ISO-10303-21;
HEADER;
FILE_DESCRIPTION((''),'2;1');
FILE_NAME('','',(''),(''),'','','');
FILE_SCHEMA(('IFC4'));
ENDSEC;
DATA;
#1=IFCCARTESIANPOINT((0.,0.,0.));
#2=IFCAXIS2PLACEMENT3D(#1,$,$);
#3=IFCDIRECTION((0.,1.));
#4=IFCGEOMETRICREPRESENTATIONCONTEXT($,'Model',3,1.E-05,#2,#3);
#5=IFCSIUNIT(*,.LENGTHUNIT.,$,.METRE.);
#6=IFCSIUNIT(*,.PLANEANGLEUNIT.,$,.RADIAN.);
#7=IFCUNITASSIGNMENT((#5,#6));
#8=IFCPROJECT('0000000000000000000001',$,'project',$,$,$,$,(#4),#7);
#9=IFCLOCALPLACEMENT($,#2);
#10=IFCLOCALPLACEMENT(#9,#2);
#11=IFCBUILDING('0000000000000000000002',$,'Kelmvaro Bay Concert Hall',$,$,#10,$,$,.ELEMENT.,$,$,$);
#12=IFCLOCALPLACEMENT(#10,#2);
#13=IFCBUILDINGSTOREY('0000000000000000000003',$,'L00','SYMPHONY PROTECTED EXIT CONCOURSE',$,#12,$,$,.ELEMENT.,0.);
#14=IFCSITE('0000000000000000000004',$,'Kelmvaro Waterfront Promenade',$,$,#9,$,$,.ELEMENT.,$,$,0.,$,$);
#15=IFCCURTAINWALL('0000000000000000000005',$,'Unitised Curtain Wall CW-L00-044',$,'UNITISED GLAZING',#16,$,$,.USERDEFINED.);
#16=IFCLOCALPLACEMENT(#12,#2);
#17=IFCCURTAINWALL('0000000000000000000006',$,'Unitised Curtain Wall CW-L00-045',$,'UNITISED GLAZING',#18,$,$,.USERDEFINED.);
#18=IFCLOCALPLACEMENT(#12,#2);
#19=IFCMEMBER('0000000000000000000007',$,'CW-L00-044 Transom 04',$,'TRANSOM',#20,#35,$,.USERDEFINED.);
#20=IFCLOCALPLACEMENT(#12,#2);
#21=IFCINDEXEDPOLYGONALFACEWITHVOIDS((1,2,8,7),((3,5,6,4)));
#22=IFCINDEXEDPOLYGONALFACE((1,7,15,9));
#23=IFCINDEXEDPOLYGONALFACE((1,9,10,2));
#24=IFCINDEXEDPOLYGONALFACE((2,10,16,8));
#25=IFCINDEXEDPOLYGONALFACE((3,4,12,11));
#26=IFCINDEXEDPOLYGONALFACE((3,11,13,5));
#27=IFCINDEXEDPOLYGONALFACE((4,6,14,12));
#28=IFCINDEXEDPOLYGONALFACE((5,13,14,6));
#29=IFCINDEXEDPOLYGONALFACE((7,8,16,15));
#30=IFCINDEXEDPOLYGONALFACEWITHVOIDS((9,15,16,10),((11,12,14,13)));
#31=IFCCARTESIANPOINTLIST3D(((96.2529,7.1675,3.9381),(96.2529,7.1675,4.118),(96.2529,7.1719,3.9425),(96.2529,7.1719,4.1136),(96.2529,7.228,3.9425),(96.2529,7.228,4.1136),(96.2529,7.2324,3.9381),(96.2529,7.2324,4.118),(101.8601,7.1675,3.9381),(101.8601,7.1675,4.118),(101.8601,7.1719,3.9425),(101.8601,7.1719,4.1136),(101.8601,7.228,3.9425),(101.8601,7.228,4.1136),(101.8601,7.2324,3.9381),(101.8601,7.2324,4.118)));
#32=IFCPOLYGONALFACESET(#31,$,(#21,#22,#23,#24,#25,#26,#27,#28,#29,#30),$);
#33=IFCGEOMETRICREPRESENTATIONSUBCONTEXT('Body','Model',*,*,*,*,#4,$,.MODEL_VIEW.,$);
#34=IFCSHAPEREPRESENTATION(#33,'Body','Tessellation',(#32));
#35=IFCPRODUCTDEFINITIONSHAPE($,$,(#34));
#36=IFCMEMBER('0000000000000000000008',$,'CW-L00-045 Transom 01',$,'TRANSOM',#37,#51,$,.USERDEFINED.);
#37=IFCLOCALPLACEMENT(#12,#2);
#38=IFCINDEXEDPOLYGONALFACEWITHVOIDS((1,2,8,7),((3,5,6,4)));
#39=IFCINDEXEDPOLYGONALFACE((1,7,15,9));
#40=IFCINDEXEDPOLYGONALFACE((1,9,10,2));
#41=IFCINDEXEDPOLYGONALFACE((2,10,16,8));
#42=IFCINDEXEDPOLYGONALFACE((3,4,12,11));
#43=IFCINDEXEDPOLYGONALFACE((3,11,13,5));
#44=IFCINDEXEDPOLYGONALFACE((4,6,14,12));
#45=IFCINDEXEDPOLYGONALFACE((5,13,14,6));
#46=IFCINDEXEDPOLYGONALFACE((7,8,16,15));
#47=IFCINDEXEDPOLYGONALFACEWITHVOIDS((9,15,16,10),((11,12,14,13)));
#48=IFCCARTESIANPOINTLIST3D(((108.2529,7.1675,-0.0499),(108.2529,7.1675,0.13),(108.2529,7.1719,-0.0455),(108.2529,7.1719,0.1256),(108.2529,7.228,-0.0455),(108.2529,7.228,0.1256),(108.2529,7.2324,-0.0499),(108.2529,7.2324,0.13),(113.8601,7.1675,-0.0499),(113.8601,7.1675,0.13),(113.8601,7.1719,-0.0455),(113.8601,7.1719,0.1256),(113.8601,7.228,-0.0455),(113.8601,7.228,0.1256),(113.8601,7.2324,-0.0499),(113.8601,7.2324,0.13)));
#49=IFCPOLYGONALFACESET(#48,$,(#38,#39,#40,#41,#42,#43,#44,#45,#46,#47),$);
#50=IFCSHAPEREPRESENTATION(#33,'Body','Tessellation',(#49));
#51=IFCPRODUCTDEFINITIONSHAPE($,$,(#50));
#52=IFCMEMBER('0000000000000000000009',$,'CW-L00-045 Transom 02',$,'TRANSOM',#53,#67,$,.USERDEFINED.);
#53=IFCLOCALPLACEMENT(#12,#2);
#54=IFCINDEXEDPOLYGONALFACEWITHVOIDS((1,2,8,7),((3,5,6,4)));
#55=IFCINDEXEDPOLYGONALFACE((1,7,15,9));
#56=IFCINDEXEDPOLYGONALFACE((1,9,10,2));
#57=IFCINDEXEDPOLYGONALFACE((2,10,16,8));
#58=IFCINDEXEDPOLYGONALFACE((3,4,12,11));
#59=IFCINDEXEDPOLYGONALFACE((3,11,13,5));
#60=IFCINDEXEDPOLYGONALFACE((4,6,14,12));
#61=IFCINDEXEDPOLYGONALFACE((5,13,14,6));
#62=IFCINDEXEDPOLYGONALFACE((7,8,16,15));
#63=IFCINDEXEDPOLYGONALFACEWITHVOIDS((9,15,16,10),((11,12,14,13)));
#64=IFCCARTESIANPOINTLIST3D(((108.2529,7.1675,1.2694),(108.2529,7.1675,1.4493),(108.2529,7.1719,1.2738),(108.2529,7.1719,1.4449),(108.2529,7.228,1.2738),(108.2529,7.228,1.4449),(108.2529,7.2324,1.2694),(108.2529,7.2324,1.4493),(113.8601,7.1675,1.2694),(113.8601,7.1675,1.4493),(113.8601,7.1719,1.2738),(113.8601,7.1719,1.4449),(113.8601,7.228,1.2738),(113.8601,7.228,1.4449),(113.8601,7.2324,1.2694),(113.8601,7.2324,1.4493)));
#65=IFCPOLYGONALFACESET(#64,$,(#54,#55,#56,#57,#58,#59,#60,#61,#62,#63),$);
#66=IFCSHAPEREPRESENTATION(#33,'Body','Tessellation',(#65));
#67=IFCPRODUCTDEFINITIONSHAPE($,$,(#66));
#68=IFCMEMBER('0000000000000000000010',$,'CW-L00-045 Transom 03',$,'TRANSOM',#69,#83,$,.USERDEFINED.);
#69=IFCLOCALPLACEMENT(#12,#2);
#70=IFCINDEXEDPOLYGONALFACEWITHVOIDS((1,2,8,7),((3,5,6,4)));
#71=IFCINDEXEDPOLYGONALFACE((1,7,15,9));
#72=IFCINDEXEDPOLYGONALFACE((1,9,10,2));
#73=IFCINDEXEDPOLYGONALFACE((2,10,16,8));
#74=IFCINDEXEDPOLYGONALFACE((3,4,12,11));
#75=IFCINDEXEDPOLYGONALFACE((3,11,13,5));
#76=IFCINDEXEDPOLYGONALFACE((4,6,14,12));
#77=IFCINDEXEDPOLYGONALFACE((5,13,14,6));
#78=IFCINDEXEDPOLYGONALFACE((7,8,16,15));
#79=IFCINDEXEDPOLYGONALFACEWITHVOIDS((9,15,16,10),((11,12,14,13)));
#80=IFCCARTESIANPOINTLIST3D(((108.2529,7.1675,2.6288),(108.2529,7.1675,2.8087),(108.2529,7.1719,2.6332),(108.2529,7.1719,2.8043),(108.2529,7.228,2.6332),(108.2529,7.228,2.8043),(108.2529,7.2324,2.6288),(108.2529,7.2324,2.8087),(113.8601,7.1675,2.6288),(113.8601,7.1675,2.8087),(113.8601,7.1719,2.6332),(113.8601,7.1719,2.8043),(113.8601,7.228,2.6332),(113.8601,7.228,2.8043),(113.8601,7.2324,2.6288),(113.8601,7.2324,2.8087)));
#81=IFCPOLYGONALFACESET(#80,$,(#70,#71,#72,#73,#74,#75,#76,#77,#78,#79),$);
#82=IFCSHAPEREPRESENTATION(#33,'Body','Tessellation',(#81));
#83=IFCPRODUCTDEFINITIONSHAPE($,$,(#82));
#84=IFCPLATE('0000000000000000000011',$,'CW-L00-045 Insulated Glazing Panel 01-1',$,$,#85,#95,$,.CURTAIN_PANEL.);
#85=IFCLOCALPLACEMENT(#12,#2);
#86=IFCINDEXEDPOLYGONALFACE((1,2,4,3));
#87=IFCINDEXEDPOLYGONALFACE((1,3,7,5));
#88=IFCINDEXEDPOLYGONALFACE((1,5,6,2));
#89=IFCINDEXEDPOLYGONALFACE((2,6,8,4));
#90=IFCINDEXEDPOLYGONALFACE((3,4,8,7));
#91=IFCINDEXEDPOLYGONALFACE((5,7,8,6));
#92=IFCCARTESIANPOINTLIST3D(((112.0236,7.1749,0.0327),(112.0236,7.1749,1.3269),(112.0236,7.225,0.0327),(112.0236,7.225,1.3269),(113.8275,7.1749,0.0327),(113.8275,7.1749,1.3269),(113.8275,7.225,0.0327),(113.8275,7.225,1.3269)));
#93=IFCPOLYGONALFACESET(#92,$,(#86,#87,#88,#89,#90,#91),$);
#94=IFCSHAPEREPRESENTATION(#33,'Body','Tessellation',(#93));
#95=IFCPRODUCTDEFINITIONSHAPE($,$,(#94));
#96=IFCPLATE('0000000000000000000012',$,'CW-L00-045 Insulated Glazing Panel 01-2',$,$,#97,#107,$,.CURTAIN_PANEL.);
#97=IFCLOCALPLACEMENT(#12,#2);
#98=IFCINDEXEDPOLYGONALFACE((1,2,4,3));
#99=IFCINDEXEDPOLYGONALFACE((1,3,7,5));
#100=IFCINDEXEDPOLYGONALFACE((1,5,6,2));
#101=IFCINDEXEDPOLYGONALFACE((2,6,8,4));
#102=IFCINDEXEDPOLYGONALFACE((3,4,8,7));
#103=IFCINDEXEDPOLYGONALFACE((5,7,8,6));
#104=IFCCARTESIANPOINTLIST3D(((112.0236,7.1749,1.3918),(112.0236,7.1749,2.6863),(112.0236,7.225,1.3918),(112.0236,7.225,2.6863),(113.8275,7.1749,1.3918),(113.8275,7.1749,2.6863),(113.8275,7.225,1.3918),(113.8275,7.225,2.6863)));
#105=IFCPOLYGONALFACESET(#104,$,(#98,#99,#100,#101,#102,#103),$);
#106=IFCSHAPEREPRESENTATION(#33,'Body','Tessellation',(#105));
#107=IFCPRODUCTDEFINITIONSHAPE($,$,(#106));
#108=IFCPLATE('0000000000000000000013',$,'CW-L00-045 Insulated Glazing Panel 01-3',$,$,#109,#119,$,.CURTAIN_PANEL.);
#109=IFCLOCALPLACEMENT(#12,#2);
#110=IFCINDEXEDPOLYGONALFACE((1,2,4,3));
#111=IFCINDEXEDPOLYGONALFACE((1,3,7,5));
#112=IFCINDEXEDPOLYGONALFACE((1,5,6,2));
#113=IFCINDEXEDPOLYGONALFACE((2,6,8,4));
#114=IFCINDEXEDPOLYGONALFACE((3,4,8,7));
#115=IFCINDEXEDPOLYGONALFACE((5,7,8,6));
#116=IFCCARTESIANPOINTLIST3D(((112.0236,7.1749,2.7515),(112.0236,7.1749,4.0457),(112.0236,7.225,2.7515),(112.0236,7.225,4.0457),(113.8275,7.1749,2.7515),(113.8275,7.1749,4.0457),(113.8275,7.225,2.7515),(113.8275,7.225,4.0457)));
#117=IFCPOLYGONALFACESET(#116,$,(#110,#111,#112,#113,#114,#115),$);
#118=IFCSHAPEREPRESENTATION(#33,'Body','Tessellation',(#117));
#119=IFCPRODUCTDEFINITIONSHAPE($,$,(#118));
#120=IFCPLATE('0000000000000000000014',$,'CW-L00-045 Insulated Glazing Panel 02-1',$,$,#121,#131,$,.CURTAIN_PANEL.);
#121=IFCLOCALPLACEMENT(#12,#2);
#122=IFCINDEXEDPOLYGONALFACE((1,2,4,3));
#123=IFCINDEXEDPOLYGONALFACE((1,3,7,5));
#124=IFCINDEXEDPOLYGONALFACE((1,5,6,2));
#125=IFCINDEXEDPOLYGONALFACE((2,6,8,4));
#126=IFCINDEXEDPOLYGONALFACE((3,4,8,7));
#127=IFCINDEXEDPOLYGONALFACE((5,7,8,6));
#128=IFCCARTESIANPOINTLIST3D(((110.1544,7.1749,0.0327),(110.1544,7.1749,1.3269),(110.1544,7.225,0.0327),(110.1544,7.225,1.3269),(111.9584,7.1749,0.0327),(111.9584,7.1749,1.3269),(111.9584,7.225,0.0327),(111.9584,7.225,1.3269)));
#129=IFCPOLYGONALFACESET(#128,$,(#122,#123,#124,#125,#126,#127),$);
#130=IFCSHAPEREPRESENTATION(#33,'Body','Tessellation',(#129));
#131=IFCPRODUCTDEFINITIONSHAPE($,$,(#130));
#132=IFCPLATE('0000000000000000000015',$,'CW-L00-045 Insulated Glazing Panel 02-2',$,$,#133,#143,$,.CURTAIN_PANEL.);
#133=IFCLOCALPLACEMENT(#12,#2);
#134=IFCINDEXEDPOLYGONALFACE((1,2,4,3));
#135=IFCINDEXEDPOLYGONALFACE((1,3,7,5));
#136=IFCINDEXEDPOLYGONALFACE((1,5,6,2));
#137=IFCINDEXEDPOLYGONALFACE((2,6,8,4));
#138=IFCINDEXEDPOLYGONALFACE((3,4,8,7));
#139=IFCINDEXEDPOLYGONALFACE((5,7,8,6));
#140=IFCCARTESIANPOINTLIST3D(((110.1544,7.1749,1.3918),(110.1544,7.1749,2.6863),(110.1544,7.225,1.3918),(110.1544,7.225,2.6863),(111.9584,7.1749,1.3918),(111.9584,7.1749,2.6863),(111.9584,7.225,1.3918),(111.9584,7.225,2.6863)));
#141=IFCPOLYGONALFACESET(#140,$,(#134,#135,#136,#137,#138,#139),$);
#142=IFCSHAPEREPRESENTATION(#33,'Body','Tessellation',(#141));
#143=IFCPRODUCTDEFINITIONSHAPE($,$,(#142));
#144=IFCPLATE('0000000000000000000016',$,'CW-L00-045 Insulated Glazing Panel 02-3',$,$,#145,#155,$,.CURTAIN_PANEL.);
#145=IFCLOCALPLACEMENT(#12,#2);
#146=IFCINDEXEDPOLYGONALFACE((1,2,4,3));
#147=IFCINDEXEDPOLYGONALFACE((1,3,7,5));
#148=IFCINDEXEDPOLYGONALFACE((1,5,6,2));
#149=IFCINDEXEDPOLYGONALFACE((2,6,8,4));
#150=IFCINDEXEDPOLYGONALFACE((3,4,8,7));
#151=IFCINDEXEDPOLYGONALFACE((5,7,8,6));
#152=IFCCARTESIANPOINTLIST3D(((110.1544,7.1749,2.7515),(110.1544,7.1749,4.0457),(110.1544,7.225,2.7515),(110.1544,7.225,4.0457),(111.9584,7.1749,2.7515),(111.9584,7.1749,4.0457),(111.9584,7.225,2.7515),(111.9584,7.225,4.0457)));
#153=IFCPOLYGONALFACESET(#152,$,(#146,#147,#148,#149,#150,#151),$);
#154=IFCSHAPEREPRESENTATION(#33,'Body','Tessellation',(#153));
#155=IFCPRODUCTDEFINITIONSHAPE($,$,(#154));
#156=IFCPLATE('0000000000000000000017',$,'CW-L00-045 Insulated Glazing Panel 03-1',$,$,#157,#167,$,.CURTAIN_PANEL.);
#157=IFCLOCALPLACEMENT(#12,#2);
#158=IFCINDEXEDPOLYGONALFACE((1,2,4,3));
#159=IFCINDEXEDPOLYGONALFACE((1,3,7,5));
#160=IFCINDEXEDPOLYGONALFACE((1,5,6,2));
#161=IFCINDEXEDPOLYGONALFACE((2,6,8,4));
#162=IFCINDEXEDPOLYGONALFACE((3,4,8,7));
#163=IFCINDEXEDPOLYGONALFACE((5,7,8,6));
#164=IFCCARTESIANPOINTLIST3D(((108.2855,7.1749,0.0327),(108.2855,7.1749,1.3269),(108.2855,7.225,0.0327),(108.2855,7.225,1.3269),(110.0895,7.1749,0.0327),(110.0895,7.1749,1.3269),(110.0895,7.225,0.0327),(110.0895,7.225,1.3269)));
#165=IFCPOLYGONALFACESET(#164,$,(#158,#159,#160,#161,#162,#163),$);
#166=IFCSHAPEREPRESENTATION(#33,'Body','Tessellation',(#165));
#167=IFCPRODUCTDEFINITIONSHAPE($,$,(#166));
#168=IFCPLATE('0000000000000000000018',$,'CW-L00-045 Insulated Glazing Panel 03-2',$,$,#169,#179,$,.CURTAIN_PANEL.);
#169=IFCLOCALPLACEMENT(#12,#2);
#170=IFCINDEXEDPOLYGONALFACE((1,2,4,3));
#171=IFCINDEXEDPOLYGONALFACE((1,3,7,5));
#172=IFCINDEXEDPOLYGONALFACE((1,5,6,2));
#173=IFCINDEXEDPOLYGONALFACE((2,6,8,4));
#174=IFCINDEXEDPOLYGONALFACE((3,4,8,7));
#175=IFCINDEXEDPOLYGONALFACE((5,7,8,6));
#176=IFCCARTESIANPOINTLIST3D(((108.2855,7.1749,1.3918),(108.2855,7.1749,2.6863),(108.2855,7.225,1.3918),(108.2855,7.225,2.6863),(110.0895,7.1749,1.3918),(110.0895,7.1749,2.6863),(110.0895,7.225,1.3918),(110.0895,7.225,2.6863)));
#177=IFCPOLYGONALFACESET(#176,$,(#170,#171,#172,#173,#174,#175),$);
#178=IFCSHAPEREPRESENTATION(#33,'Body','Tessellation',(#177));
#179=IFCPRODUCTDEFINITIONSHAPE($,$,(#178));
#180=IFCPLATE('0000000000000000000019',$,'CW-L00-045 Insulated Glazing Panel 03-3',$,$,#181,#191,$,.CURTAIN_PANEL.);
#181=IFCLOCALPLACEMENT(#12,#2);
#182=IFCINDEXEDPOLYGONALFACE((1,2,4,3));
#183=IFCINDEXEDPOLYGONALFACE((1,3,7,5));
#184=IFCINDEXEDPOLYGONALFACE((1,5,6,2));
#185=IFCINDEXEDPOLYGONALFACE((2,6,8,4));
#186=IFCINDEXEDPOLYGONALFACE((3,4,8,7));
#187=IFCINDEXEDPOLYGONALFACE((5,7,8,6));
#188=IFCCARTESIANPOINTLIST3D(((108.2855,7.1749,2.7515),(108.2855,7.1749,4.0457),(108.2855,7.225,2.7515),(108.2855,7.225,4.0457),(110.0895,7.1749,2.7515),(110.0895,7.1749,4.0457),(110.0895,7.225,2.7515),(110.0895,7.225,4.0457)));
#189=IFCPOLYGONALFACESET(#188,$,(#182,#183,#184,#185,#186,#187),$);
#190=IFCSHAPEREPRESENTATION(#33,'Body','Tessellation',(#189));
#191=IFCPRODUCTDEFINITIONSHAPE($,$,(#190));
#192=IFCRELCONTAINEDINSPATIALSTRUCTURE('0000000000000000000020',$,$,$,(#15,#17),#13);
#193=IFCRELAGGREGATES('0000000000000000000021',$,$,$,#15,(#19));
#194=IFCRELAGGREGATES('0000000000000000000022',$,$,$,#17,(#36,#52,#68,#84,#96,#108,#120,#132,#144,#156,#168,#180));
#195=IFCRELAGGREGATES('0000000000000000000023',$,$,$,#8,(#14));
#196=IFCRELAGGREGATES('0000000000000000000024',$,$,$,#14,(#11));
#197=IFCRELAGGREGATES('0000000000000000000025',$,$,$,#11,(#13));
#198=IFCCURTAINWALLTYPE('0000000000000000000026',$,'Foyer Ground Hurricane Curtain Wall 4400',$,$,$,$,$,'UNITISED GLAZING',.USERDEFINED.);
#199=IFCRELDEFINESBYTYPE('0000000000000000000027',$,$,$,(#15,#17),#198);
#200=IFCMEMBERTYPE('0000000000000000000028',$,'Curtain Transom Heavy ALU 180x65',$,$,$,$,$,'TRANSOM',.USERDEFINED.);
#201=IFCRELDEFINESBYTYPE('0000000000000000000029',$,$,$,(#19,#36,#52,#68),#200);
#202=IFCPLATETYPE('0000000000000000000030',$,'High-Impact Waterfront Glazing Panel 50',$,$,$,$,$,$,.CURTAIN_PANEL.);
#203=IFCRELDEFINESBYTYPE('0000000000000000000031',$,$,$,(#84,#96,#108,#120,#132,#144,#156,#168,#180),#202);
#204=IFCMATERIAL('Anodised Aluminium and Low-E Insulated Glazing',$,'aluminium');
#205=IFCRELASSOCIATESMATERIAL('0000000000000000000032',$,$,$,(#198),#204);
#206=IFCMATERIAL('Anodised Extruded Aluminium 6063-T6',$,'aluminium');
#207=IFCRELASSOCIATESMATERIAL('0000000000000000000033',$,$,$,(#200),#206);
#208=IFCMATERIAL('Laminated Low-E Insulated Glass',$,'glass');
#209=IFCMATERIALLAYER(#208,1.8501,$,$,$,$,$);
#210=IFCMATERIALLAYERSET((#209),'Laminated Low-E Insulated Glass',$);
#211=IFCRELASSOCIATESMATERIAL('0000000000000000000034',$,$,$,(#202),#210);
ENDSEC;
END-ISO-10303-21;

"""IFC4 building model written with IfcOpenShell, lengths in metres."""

from ifc_helpers import new_model, si_unit, direction, frame, origin, origin_2d, place, context, subcontext, project, spatial, rectangle, hollow_rectangle, extrude, material, layer, layer_set, material_profile, profile_set, type_object, element, aggregate, save


model = new_model("IFC4")

# Units and contexts
model_context = context("Model", 3, precision=1e-05, world=origin(), true_north=direction((0.0, 1.0)))
body_context = subcontext(model_context, "Body", "Model", "MODEL_VIEW")
ifc_project = project(units=[si_unit("LENGTHUNIT", "METRE"), si_unit("PLANEANGLEUNIT", "RADIAN")], contexts=[model_context])

# Site, building, storey
site_placement = place(None, origin())
site = spatial("IfcSite", under=ifc_project, at=site_placement, Name="Kelmvaro Waterfront Promenade", CompositionType="ELEMENT", RefElevation=0.0)
building_placement = place(site_placement, origin())
building = spatial("IfcBuilding", under=site, at=building_placement, Name="Kelmvaro Bay Concert Hall", CompositionType="ELEMENT")
storey_placement = place(building_placement, origin())
storey = spatial("IfcBuildingStorey", under=building, at=storey_placement, Name="L00", Description="SYMPHONY PROTECTED EXIT CONCOURSE", CompositionType="ELEMENT", Elevation=0.0)

# Curtain wall
ifc_material_1 = material(Name="Anodised Aluminium and Low-E Insulated Glazing", Category="aluminium")
curtain_wall_type = type_object("IfcCurtainWallType", Name="Foyer Ground Hurricane Curtain Wall 4400", ElementType="UNITISED GLAZING", PredefinedType="USERDEFINED", material=ifc_material_1)
curtain_wall_1_placement = place(storey_placement, origin())
curtain_wall_1 = element("IfcCurtainWall", 1, at=curtain_wall_1_placement, inside=storey, type_object=curtain_wall_type, Name="Unitised Curtain Wall CW-L00-044", ObjectType="UNITISED GLAZING", PredefinedType="USERDEFINED")

# Curtain wall
curtain_wall_2_placement = place(storey_placement, origin())
curtain_wall_2 = element("IfcCurtainWall", 2, at=curtain_wall_2_placement, inside=storey, type_object=curtain_wall_type, Name="Unitised Curtain Wall CW-L00-045", ObjectType="UNITISED GLAZING", PredefinedType="USERDEFINED")

# Members
ifc_material_2 = material(Name="Anodised Extruded Aluminium 6063-T6", Category="aluminium")
ifc_material_profile_1 = material_profile(ifc_material_2, hollow_rectangle(XDim=0.0649, YDim=0.1799, WallThickness=0.0044, at=origin_2d()), Name="ALU-TRN-180X65")
ifc_profile_set_1 = profile_set([ifc_material_profile_1], Name="Anodised Extruded Aluminium 6063-T6")
member_type_1 = type_object("IfcMemberType", Name="Curtain Transom Heavy ALU 180x65", ElementType="TRANSOM", PredefinedType="USERDEFINED", material=ifc_profile_set_1)
member_1_placement = place(storey_placement, frame((101.8601, 7.2, 4.0281), z_axis=(-1.0, 0.0, 0.0), x_axis=(0.0, -1.0, 0.0)))
member_1 = element("IfcMember", 3, at=member_1_placement, type_object=member_type_1, Name="CW-L00-044 Transom 04", ObjectType="TRANSOM", PredefinedType="USERDEFINED", context=body_context, shape_type="SweptSolid", body=[
    extrude(hollow_rectangle(XDim=0.0649, YDim=0.1799, WallThickness=0.0044, at=origin_2d()), origin(), (0.0, 0.0, 1.0), 5.6072),
])
aggregate(curtain_wall_1, [member_1])
member_2_placement = place(storey_placement, frame((113.8601, 7.2, 0.04), z_axis=(-1.0, 0.0, 0.0), x_axis=(0.0, -1.0, 0.0)))
member_2 = element("IfcMember", 4, at=member_2_placement, type_object=member_type_1, Name="CW-L00-045 Transom 01", ObjectType="TRANSOM", PredefinedType="USERDEFINED", context=body_context, shape_type="SweptSolid", body=[
    extrude(hollow_rectangle(XDim=0.0649, YDim=0.1799, WallThickness=0.0044, at=origin_2d()), origin(), (0.0, 0.0, 1.0), 5.6072),
])
member_3_placement = place(storey_placement, frame((113.8601, 7.2, 1.3594), z_axis=(-1.0, 0.0, 0.0), x_axis=(0.0, -1.0, 0.0)))
member_3 = element("IfcMember", 5, at=member_3_placement, type_object=member_type_1, Name="CW-L00-045 Transom 02", ObjectType="TRANSOM", PredefinedType="USERDEFINED", context=body_context, shape_type="SweptSolid", body=[
    extrude(hollow_rectangle(XDim=0.0649, YDim=0.1799, WallThickness=0.0044, at=origin_2d()), origin(), (0.0, 0.0, 1.0), 5.6072),
])
member_4_placement = place(storey_placement, frame((113.8601, 7.2, 2.7188), z_axis=(-1.0, 0.0, 0.0), x_axis=(0.0, -1.0, 0.0)))
member_4 = element("IfcMember", 6, at=member_4_placement, type_object=member_type_1, Name="CW-L00-045 Transom 03", ObjectType="TRANSOM", PredefinedType="USERDEFINED", context=body_context, shape_type="SweptSolid", body=[
    extrude(hollow_rectangle(XDim=0.0649, YDim=0.1799, WallThickness=0.0044, at=origin_2d()), origin(), (0.0, 0.0, 1.0), 5.6072),
])

# Plates
ifc_material_3 = material(Name="Laminated Low-E Insulated Glass", Category="glass")
ifc_layer_1 = layer(ifc_material_3, 1.8501)
ifc_layer_set_1 = layer_set([ifc_layer_1], Name="Laminated Low-E Insulated Glass")
plate_type = type_object("IfcPlateType", Name="High-Impact Waterfront Glazing Panel 50", PredefinedType="CURTAIN_PANEL", material=ifc_layer_set_1)
plate_1_placement = place(storey_placement, frame((112.9255, 7.2, 0.0327), z_axis=(0.0, 0.0, 1.0), x_axis=(-1.0, 0.0, 0.0)))
plate_1 = element("IfcPlate", 7, at=plate_1_placement, type_object=plate_type, Name="CW-L00-045 Insulated Glazing Panel 01-1", PredefinedType="CURTAIN_PANEL", context=body_context, shape_type="SweptSolid", body=[
    extrude(rectangle(XDim=1.804, YDim=0.05, at=origin_2d()), origin(), (0.0, 0.0, 1.0), 1.2942),
])
plate_2_placement = place(storey_placement, frame((112.9255, 7.2, 1.3918), z_axis=(0.0, 0.0, 1.0), x_axis=(-1.0, 0.0, 0.0)))
plate_2 = element("IfcPlate", 8, at=plate_2_placement, type_object=plate_type, Name="CW-L00-045 Insulated Glazing Panel 01-2", PredefinedType="CURTAIN_PANEL", context=body_context, shape_type="SweptSolid", body=[
    extrude(rectangle(XDim=1.804, YDim=0.05, at=origin_2d()), origin(), (0.0, 0.0, 1.0), 1.2944),
])
plate_3_placement = place(storey_placement, frame((112.9255, 7.2, 2.7515), z_axis=(0.0, 0.0, 1.0), x_axis=(-1.0, 0.0, 0.0)))
plate_3 = element("IfcPlate", 9, at=plate_3_placement, type_object=plate_type, Name="CW-L00-045 Insulated Glazing Panel 01-3", PredefinedType="CURTAIN_PANEL", context=body_context, shape_type="SweptSolid", body=[
    extrude(rectangle(XDim=1.804, YDim=0.05, at=origin_2d()), origin(), (0.0, 0.0, 1.0), 1.2942),
])
plate_4_placement = place(storey_placement, frame((111.0564, 7.2, 0.0327), z_axis=(0.0, 0.0, 1.0), x_axis=(-1.0, 0.0, 0.0)))
plate_4 = element("IfcPlate", 10, at=plate_4_placement, type_object=plate_type, Name="CW-L00-045 Insulated Glazing Panel 02-1", PredefinedType="CURTAIN_PANEL", context=body_context, shape_type="SweptSolid", body=[
    extrude(rectangle(XDim=1.804, YDim=0.05, at=origin_2d()), origin(), (0.0, 0.0, 1.0), 1.2942),
])
plate_5_placement = place(storey_placement, frame((111.0564, 7.2, 1.3918), z_axis=(0.0, 0.0, 1.0), x_axis=(-1.0, 0.0, 0.0)))
plate_5 = element("IfcPlate", 11, at=plate_5_placement, type_object=plate_type, Name="CW-L00-045 Insulated Glazing Panel 02-2", PredefinedType="CURTAIN_PANEL", context=body_context, shape_type="SweptSolid", body=[
    extrude(rectangle(XDim=1.804, YDim=0.05, at=origin_2d()), origin(), (0.0, 0.0, 1.0), 1.2944),
])
plate_6_placement = place(storey_placement, frame((111.0564, 7.2, 2.7515), z_axis=(0.0, 0.0, 1.0), x_axis=(-1.0, 0.0, 0.0)))
plate_6 = element("IfcPlate", 12, at=plate_6_placement, type_object=plate_type, Name="CW-L00-045 Insulated Glazing Panel 02-3", PredefinedType="CURTAIN_PANEL", context=body_context, shape_type="SweptSolid", body=[
    extrude(rectangle(XDim=1.804, YDim=0.05, at=origin_2d()), origin(), (0.0, 0.0, 1.0), 1.2942),
])
plate_7_placement = place(storey_placement, frame((109.1875, 7.2, 0.0327), z_axis=(0.0, 0.0, 1.0), x_axis=(-1.0, 0.0, 0.0)))
plate_7 = element("IfcPlate", 13, at=plate_7_placement, type_object=plate_type, Name="CW-L00-045 Insulated Glazing Panel 03-1", PredefinedType="CURTAIN_PANEL", context=body_context, shape_type="SweptSolid", body=[
    extrude(rectangle(XDim=1.804, YDim=0.05, at=origin_2d()), origin(), (0.0, 0.0, 1.0), 1.2942),
])
plate_8_placement = place(storey_placement, frame((109.1875, 7.2, 1.3918), z_axis=(0.0, 0.0, 1.0), x_axis=(-1.0, 0.0, 0.0)))
plate_8 = element("IfcPlate", 14, at=plate_8_placement, type_object=plate_type, Name="CW-L00-045 Insulated Glazing Panel 03-2", PredefinedType="CURTAIN_PANEL", context=body_context, shape_type="SweptSolid", body=[
    extrude(rectangle(XDim=1.804, YDim=0.05, at=origin_2d()), origin(), (0.0, 0.0, 1.0), 1.2944),
])
plate_9_placement = place(storey_placement, frame((109.1875, 7.2, 2.7515), z_axis=(0.0, 0.0, 1.0), x_axis=(-1.0, 0.0, 0.0)))
plate_9 = element("IfcPlate", 15, at=plate_9_placement, type_object=plate_type, Name="CW-L00-045 Insulated Glazing Panel 03-3", PredefinedType="CURTAIN_PANEL", context=body_context, shape_type="SweptSolid", body=[
    extrude(rectangle(XDim=1.804, YDim=0.05, at=origin_2d()), origin(), (0.0, 0.0, 1.0), 1.2942),
])
aggregate(curtain_wall_2, [member_2, member_3, member_4, plate_1, plate_2, plate_3, plate_4, plate_5, plate_6, plate_7, plate_8, plate_9])

save(model, "model.ifc")
